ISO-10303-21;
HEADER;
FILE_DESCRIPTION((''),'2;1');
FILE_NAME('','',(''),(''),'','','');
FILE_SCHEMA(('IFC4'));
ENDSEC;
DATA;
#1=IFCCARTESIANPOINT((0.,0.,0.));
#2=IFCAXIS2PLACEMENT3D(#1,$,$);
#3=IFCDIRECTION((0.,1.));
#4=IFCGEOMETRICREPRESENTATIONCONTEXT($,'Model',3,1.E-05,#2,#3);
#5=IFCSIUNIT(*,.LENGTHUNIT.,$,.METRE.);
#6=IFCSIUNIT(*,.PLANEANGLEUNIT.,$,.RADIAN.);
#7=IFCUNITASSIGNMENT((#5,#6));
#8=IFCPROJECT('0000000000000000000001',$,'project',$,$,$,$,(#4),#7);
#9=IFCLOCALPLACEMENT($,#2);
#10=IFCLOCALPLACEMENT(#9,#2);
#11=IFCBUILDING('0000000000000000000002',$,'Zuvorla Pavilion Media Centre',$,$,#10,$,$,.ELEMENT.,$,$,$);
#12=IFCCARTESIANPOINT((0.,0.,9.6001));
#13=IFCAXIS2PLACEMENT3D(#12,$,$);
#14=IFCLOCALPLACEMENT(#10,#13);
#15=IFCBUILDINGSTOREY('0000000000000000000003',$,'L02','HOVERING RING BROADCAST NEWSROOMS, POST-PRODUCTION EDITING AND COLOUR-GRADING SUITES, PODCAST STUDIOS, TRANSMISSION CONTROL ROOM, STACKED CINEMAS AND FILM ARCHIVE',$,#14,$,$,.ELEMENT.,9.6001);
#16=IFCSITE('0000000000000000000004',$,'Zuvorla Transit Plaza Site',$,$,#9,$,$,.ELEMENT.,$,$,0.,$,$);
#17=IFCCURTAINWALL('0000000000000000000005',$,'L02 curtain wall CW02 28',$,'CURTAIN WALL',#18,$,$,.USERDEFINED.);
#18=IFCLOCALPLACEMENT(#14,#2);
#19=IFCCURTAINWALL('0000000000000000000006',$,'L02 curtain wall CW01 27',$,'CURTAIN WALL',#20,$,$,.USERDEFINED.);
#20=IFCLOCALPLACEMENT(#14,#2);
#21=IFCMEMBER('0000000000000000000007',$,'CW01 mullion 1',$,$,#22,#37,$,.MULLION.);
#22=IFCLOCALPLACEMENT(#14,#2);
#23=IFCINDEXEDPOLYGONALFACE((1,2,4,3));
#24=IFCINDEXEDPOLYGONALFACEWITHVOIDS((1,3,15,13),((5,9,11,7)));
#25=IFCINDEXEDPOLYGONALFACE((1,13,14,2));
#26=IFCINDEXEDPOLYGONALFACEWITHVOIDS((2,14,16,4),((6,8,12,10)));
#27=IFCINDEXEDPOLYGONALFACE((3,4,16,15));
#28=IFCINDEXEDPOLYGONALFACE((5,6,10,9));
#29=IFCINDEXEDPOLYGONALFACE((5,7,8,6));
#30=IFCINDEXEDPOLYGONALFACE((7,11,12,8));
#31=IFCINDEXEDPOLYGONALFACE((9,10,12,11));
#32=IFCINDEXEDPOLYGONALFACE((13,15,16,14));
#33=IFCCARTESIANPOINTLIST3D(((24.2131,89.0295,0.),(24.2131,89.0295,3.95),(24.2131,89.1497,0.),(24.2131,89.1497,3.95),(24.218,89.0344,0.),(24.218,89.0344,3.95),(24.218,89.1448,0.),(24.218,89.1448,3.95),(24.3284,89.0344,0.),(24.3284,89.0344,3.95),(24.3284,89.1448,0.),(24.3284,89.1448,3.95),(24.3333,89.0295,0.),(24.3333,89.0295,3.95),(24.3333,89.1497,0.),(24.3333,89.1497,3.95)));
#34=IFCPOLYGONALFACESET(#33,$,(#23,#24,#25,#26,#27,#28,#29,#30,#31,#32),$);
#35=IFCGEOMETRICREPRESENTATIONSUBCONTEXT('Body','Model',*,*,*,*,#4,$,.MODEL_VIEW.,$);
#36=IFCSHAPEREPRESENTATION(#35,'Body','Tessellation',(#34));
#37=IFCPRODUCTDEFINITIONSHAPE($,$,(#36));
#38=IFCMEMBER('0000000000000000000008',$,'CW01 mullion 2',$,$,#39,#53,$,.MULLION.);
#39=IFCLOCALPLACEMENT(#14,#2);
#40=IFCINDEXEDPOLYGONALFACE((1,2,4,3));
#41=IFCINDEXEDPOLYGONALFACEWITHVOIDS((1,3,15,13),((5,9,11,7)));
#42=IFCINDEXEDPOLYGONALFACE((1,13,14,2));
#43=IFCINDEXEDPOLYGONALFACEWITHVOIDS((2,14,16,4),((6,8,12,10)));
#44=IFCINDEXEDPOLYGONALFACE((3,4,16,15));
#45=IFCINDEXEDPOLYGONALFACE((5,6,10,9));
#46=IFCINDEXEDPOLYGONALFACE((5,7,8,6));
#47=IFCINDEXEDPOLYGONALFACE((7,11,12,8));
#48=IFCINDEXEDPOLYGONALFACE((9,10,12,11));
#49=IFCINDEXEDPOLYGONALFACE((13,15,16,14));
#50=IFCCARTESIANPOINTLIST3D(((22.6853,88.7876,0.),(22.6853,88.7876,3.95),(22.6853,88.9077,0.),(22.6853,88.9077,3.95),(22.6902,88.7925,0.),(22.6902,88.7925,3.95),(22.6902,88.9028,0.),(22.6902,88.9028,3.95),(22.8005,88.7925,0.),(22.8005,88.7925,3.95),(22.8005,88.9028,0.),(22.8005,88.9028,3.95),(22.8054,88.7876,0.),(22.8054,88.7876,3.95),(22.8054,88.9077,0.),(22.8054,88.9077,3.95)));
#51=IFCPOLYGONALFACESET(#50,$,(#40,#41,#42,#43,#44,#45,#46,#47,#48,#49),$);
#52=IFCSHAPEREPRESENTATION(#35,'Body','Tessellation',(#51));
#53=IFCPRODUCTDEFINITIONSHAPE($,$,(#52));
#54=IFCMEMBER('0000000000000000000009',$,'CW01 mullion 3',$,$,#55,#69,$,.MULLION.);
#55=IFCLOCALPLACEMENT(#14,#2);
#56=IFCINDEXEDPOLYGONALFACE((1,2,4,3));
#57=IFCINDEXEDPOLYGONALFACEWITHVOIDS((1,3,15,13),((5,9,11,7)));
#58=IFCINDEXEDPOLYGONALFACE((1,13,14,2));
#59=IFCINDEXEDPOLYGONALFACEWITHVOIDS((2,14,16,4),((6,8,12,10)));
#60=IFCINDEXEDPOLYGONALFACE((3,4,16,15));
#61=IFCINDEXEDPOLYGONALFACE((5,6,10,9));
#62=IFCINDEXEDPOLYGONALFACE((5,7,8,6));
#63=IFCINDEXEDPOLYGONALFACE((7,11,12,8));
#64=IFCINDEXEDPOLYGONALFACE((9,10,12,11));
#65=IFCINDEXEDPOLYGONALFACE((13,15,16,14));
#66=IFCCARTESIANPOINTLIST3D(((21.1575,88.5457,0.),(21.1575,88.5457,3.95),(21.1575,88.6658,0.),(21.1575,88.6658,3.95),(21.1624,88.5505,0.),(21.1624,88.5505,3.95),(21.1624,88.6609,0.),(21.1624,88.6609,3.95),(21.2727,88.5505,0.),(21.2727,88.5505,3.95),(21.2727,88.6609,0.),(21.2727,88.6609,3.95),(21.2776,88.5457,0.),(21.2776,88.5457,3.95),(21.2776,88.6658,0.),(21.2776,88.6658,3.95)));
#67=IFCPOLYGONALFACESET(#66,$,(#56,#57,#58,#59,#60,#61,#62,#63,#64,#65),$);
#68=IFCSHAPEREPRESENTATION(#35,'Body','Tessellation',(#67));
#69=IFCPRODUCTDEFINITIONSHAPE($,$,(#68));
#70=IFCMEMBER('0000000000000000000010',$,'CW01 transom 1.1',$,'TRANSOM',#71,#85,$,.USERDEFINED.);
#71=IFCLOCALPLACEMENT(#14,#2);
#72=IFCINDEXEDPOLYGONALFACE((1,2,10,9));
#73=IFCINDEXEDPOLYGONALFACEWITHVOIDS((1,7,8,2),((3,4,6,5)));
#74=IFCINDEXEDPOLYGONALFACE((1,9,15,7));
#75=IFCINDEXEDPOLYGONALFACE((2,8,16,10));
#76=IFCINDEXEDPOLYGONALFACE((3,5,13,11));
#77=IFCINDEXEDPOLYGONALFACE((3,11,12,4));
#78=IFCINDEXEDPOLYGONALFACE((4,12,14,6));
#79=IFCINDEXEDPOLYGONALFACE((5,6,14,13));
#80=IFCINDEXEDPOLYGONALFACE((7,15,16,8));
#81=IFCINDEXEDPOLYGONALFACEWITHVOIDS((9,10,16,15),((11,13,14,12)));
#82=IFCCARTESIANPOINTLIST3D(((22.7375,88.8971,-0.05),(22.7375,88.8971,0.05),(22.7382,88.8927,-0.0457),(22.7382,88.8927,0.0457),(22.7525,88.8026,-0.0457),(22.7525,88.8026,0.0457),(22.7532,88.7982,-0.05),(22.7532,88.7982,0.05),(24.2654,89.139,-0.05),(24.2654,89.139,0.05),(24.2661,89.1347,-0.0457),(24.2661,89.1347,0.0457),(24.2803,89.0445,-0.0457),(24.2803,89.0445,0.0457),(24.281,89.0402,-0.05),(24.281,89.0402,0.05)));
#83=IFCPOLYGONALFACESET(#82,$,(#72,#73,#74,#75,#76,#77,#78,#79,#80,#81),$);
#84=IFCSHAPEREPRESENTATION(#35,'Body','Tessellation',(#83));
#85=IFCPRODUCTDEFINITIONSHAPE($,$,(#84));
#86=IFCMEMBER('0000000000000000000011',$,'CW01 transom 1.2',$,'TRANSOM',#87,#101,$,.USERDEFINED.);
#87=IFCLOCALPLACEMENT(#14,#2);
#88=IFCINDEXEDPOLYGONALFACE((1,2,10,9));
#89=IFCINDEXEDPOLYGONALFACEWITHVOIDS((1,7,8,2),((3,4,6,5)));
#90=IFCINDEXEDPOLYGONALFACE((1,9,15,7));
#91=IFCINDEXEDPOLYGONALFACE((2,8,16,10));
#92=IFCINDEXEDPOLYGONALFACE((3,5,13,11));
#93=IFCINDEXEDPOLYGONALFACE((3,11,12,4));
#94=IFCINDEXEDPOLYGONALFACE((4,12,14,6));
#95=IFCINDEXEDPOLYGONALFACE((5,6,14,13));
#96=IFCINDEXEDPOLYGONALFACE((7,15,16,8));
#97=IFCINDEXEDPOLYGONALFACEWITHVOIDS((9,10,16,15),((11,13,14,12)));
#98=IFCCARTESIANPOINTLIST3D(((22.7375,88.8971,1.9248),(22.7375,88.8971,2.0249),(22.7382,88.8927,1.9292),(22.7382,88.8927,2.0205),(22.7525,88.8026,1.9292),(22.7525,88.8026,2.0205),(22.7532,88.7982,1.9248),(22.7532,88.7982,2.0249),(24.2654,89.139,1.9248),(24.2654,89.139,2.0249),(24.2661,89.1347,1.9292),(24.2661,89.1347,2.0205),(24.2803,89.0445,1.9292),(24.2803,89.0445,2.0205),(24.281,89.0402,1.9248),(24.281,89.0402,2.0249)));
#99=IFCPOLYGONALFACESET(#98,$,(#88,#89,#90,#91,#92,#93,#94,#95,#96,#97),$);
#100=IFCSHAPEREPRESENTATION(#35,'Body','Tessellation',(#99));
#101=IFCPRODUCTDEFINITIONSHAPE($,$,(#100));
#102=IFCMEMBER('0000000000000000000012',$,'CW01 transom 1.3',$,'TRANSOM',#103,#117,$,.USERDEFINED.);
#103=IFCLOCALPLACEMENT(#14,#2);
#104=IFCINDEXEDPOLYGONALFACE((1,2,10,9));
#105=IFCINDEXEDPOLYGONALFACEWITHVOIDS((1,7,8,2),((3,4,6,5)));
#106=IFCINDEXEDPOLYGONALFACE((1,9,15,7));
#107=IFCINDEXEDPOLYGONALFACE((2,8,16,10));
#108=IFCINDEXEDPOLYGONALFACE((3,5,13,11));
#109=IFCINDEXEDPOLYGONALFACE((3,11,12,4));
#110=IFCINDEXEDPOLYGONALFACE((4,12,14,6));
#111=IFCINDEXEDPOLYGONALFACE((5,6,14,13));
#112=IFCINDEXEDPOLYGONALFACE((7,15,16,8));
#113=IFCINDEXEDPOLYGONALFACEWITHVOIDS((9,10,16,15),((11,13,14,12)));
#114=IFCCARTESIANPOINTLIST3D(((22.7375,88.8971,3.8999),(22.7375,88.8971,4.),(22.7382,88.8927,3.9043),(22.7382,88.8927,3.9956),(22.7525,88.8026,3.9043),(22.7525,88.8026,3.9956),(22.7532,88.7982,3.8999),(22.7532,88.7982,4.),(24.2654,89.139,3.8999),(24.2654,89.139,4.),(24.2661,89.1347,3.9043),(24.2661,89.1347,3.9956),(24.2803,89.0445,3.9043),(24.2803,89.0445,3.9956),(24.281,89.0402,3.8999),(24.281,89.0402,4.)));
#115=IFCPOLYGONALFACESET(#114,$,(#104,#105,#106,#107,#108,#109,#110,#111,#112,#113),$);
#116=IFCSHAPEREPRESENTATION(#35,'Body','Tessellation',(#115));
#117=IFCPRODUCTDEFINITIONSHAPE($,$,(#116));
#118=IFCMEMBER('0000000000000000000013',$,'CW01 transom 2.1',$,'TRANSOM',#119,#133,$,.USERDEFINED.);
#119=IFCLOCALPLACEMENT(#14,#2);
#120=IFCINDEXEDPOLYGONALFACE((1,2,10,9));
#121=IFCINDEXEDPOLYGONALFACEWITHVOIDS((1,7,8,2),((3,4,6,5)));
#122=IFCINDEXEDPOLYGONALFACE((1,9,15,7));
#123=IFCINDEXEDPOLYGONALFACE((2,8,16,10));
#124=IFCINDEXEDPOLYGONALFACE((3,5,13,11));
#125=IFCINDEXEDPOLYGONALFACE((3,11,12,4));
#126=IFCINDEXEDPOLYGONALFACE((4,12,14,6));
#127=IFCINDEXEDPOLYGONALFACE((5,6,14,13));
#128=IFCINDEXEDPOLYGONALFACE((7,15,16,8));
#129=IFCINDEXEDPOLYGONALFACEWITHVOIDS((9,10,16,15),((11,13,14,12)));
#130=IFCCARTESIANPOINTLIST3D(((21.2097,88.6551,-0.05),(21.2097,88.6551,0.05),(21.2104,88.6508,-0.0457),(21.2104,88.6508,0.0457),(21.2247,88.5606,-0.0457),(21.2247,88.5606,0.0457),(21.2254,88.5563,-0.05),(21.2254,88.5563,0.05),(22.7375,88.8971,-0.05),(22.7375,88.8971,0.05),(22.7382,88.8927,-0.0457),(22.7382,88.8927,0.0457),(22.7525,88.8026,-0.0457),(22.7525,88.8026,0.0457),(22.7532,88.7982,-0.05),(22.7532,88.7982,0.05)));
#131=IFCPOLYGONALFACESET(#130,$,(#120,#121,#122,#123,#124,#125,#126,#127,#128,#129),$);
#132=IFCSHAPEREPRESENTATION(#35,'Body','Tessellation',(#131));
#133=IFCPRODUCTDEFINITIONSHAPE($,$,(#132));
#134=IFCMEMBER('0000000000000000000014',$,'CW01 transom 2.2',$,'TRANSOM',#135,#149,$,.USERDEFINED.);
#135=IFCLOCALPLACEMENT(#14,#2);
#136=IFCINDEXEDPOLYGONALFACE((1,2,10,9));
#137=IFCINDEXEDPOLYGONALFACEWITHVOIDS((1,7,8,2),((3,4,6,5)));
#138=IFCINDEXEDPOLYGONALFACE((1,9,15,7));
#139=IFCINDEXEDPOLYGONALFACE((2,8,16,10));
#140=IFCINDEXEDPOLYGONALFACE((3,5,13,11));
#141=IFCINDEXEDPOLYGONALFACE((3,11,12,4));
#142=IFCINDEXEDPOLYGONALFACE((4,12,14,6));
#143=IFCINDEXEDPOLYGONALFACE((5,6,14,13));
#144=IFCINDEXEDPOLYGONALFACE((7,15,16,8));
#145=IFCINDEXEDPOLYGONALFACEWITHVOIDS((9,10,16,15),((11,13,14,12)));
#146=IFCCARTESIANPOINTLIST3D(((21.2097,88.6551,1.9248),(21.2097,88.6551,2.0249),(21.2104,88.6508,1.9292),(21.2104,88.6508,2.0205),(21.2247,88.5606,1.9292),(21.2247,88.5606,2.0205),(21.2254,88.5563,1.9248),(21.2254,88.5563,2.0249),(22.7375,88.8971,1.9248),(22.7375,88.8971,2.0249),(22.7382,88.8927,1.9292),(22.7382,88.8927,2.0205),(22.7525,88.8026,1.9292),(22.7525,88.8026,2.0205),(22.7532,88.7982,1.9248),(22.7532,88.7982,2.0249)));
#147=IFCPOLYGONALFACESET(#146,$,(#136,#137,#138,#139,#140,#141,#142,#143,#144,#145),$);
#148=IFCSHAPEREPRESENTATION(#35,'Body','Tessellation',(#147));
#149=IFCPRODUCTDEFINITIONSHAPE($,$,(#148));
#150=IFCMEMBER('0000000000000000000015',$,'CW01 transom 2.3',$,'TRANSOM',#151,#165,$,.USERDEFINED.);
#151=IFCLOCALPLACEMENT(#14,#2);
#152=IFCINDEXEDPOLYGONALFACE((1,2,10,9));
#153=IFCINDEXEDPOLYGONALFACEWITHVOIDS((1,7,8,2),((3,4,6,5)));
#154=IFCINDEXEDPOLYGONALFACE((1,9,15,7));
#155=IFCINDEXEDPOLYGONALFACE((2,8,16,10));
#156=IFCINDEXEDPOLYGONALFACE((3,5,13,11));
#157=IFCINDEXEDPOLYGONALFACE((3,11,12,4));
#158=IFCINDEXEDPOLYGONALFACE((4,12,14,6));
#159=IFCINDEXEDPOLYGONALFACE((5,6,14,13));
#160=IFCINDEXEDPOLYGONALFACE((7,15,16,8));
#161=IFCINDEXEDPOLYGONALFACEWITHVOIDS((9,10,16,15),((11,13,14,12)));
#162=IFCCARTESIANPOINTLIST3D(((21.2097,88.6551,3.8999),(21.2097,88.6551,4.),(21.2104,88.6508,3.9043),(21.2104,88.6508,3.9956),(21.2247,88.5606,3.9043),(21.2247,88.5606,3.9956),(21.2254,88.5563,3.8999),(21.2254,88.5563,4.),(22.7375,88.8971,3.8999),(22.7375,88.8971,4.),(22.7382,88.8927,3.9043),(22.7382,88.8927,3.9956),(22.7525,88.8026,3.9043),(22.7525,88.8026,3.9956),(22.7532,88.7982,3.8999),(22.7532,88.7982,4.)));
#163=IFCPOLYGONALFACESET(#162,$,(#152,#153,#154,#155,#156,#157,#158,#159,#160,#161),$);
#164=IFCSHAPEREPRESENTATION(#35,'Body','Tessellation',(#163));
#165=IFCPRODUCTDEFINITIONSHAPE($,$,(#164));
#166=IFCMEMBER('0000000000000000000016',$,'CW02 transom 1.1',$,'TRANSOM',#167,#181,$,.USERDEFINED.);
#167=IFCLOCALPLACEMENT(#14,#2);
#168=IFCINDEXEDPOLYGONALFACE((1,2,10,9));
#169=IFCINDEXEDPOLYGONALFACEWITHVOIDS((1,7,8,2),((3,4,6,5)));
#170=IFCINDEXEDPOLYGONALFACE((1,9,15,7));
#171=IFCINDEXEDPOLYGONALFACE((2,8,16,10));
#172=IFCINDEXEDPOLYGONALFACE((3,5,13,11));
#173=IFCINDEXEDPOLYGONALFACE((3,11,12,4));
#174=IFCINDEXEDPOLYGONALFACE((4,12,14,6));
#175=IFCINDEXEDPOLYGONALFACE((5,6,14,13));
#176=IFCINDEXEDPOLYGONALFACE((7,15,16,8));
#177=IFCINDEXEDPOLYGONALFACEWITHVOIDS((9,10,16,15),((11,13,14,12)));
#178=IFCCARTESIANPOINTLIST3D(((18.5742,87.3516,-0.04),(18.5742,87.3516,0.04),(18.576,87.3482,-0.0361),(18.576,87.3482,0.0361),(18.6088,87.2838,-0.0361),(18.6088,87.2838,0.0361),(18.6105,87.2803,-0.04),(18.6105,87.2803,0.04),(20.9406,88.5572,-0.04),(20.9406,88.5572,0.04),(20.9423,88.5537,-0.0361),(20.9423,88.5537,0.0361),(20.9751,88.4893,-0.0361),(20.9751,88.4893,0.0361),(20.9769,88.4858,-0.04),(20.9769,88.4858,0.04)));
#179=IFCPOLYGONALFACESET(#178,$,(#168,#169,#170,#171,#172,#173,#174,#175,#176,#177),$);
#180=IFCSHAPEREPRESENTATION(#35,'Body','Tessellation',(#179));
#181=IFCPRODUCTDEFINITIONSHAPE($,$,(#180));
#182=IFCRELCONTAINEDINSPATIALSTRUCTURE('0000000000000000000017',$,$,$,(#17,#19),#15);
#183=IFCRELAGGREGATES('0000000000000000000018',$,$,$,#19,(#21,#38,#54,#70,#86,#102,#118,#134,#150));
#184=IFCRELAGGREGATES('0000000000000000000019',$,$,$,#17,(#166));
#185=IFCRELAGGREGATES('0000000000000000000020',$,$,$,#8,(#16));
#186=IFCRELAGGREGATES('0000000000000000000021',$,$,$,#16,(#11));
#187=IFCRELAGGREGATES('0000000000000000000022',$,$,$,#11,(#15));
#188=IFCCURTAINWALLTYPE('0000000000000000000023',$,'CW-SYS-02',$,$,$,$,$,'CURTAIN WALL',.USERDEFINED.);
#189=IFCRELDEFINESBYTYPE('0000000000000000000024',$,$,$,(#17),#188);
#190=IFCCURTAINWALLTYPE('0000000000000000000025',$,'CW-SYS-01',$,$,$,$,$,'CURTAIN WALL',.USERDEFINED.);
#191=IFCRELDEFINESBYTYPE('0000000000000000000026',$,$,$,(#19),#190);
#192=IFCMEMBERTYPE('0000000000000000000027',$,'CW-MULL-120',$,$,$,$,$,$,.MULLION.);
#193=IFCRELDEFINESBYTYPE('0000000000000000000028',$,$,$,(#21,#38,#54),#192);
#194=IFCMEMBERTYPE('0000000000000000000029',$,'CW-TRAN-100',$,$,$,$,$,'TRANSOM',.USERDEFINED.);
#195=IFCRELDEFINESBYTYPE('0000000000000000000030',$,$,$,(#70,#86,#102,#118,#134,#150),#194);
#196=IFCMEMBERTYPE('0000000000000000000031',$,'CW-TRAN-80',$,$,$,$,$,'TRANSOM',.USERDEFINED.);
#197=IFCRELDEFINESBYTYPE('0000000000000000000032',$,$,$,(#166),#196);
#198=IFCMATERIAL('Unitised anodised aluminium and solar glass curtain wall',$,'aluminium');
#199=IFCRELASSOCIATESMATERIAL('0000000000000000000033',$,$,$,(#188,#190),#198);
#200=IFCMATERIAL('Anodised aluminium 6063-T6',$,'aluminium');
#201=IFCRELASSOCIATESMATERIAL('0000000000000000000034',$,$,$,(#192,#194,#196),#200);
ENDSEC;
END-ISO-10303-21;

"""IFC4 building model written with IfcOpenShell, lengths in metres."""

from ifc_helpers import new_model, si_unit, direction, frame, origin, origin_2d, place, context, subcontext, project, spatial, hollow_rectangle, extrude, material, material_profile, profile_set, type_object, element, aggregate, save


model = new_model("IFC4")

# Units and contexts
model_context = context("Model", 3, precision=1e-05, world=origin(), true_north=direction((0.0, 1.0)))
body_context = subcontext(model_context, "Body", "Model", "MODEL_VIEW")
ifc_project = project(units=[si_unit("LENGTHUNIT", "METRE"), si_unit("PLANEANGLEUNIT", "RADIAN")], contexts=[model_context])

# Site, building, storey
site_placement = place(None, origin())
site = spatial("IfcSite", under=ifc_project, at=site_placement, Name="Zuvorla Transit Plaza Site", CompositionType="ELEMENT", RefElevation=0.0)
building_placement = place(site_placement, origin())
building = spatial("IfcBuilding", under=site, at=building_placement, Name="Zuvorla Pavilion Media Centre", CompositionType="ELEMENT")
storey_placement = place(building_placement, frame((0.0, 0.0, 9.6001)))
storey = spatial("IfcBuildingStorey", under=building, at=storey_placement, Name="L02", Description="HOVERING RING BROADCAST NEWSROOMS, POST-PRODUCTION EDITING AND COLOUR-GRADING SUITES, PODCAST STUDIOS, TRANSMISSION CONTROL ROOM, STACKED CINEMAS AND FILM ARCHIVE", CompositionType="ELEMENT", Elevation=9.6001)

# Curtain wall
ifc_material_1 = material(Name="Unitised anodised aluminium and solar glass curtain wall", Category="aluminium")
curtain_wall_type_1 = type_object("IfcCurtainWallType", Name="CW-SYS-02", ElementType="CURTAIN WALL", PredefinedType="USERDEFINED", material=ifc_material_1)
curtain_wall_1_placement = place(storey_placement, origin())
curtain_wall_1 = element("IfcCurtainWall", 1, at=curtain_wall_1_placement, inside=storey, type_object=curtain_wall_type_1, Name="L02 curtain wall CW02 28", ObjectType="CURTAIN WALL", PredefinedType="USERDEFINED")
ifc_material_2 = material(Name="Anodised aluminium 6063-T6", Category="aluminium")

# Curtain wall, members
curtain_wall_type_2 = type_object("IfcCurtainWallType", Name="CW-SYS-01", ElementType="CURTAIN WALL", PredefinedType="USERDEFINED", material=ifc_material_1)
curtain_wall_2_placement = place(storey_placement, origin())
curtain_wall_2 = element("IfcCurtainWall", 2, at=curtain_wall_2_placement, inside=storey, type_object=curtain_wall_type_2, Name="L02 curtain wall CW01 27", ObjectType="CURTAIN WALL", PredefinedType="USERDEFINED")
ifc_material_profile_1 = material_profile(ifc_material_2, hollow_rectangle(XDim=0.1201, YDim=0.1201, WallThickness=0.0049, at=origin_2d()), Name="ALU MULL 120x120")
ifc_profile_set_1 = profile_set([ifc_material_profile_1], Name="Anodised aluminium 6063-T6")
member_type_1 = type_object("IfcMemberType", Name="CW-MULL-120", PredefinedType="MULLION", material=ifc_profile_set_1)
member_1_placement = place(storey_placement, frame((24.2732, 89.0896, 0.0), z_axis=(0.0, 0.0, 1.0), x_axis=(1.0, 0.0, 0.0)))
member_1 = element("IfcMember", 3, at=member_1_placement, type_object=member_type_1, Name="CW01 mullion 1", PredefinedType="MULLION", context=body_context, shape_type="SweptSolid", body=[
    extrude(hollow_rectangle(XDim=0.1201, YDim=0.1201, WallThickness=0.0049, at=origin_2d()), origin(), (0.0, 0.0, 1.0), 3.95),
])
member_2_placement = place(storey_placement, frame((22.7454, 88.8477, 0.0), z_axis=(0.0, 0.0, 1.0), x_axis=(1.0, 0.0, 0.0)))
member_2 = element("IfcMember", 4, at=member_2_placement, type_object=member_type_1, Name="CW01 mullion 2", PredefinedType="MULLION", context=body_context, shape_type="SweptSolid", body=[
    extrude(hollow_rectangle(XDim=0.1201, YDim=0.1201, WallThickness=0.0049, at=origin_2d()), origin(), (0.0, 0.0, 1.0), 3.95),
])
member_3_placement = place(storey_placement, frame((21.2175, 88.6057, 0.0), z_axis=(0.0, 0.0, 1.0), x_axis=(1.0, 0.0, 0.0)))
member_3 = element("IfcMember", 5, at=member_3_placement, type_object=member_type_1, Name="CW01 mullion 3", PredefinedType="MULLION", context=body_context, shape_type="SweptSolid", body=[
    extrude(hollow_rectangle(XDim=0.1201, YDim=0.1201, WallThickness=0.0049, at=origin_2d()), origin(), (0.0, 0.0, 1.0), 3.95),
])
ifc_material_profile_2 = material_profile(ifc_material_2, hollow_rectangle(XDim=0.1001, YDim=0.1001, WallThickness=0.0044, at=origin_2d()), Name="ALU TRAN 100x100")
ifc_profile_set_2 = profile_set([ifc_material_profile_2], Name="Anodised aluminium 6063-T6")
member_type_2 = type_object("IfcMemberType", Name="CW-TRAN-100", ElementType="TRANSOM", PredefinedType="USERDEFINED", material=ifc_profile_set_2)
member_4_placement = place(storey_placement, frame((24.2732, 89.0896, 0.0), z_axis=(-0.987692, -0.156408, 0.0), x_axis=(0.156408, -0.987692, 0.0)))
member_4 = element("IfcMember", 6, at=member_4_placement, type_object=member_type_2, Name="CW01 transom 1.1", ObjectType="TRANSOM", PredefinedType="USERDEFINED", context=body_context, shape_type="SweptSolid", body=[
    extrude(hollow_rectangle(XDim=0.1001, YDim=0.1001, WallThickness=0.0044, at=origin_2d()), origin(), (0.0, 0.0, 1.0), 1.5469),
])
member_5_placement = place(storey_placement, frame((24.2732, 89.0896, 1.9749), z_axis=(-0.987692, -0.156408, 0.0), x_axis=(0.156408, -0.987692, 0.0)))
member_5 = element("IfcMember", 7, at=member_5_placement, type_object=member_type_2, Name="CW01 transom 1.2", ObjectType="TRANSOM", PredefinedType="USERDEFINED", context=body_context, shape_type="SweptSolid", body=[
    extrude(hollow_rectangle(XDim=0.1001, YDim=0.1001, WallThickness=0.0044, at=origin_2d()), origin(), (0.0, 0.0, 1.0), 1.5469),
])
member_6_placement = place(storey_placement, frame((24.2732, 89.0896, 3.95), z_axis=(-0.987692, -0.156408, 0.0), x_axis=(0.156408, -0.987692, 0.0)))
member_6 = element("IfcMember", 8, at=member_6_placement, type_object=member_type_2, Name="CW01 transom 1.3", ObjectType="TRANSOM", PredefinedType="USERDEFINED", context=body_context, shape_type="SweptSolid", body=[
    extrude(hollow_rectangle(XDim=0.1001, YDim=0.1001, WallThickness=0.0044, at=origin_2d()), origin(), (0.0, 0.0, 1.0), 1.5469),
])
member_7_placement = place(storey_placement, frame((22.7454, 88.8477, 0.0), z_axis=(-0.987692, -0.156408, 0.0), x_axis=(0.156408, -0.987692, 0.0)))
member_7 = element("IfcMember", 9, at=member_7_placement, type_object=member_type_2, Name="CW01 transom 2.1", ObjectType="TRANSOM", PredefinedType="USERDEFINED", context=body_context, shape_type="SweptSolid", body=[
    extrude(hollow_rectangle(XDim=0.1001, YDim=0.1001, WallThickness=0.0044, at=origin_2d()), origin(), (0.0, 0.0, 1.0), 1.5469),
])
member_8_placement = place(storey_placement, frame((22.7454, 88.8477, 1.9749), z_axis=(-0.987692, -0.156408, 0.0), x_axis=(0.156408, -0.987692, 0.0)))
member_8 = element("IfcMember", 10, at=member_8_placement, type_object=member_type_2, Name="CW01 transom 2.2", ObjectType="TRANSOM", PredefinedType="USERDEFINED", context=body_context, shape_type="SweptSolid", body=[
    extrude(hollow_rectangle(XDim=0.1001, YDim=0.1001, WallThickness=0.0044, at=origin_2d()), origin(), (0.0, 0.0, 1.0), 1.5469),
])
member_9_placement = place(storey_placement, frame((22.7454, 88.8477, 3.95), z_axis=(-0.987692, -0.156408, 0.0), x_axis=(0.156408, -0.987692, 0.0)))
member_9 = element("IfcMember", 11, at=member_9_placement, type_object=member_type_2, Name="CW01 transom 2.3", ObjectType="TRANSOM", PredefinedType="USERDEFINED", context=body_context, shape_type="SweptSolid", body=[
    extrude(hollow_rectangle(XDim=0.1001, YDim=0.1001, WallThickness=0.0044, at=origin_2d()), origin(), (0.0, 0.0, 1.0), 1.5469),
])

# Member
ifc_material_profile_3 = material_profile(ifc_material_2, hollow_rectangle(XDim=0.0801, YDim=0.0801, WallThickness=0.0039, at=origin_2d()), Name="ALU TRAN 80x80")
ifc_profile_set_3 = profile_set([ifc_material_profile_3], Name="Anodised aluminium 6063-T6")
member_type_3 = type_object("IfcMemberType", Name="CW-TRAN-80", ElementType="TRANSOM", PredefinedType="USERDEFINED", material=ifc_profile_set_3)
member_10_placement = place(storey_placement, frame((20.9587, 88.5215, 0.0), z_axis=(-0.891037, -0.45393, 0.0), x_axis=(0.45393, -0.891037, 0.0)))
member_10 = element("IfcMember", 12, at=member_10_placement, type_object=member_type_3, Name="CW02 transom 1.1", ObjectType="TRANSOM", PredefinedType="USERDEFINED", context=body_context, shape_type="SweptSolid", body=[
    extrude(hollow_rectangle(XDim=0.0801, YDim=0.0801, WallThickness=0.0039, at=origin_2d()), origin(), (0.0, 0.0, 1.0), 2.6558),
])

aggregate(curtain_wall_2, [member_1, member_2, member_3, member_4, member_5, member_6, member_7, member_8, member_9])
aggregate(curtain_wall_1, [member_10])

save(model, "model.ifc")
